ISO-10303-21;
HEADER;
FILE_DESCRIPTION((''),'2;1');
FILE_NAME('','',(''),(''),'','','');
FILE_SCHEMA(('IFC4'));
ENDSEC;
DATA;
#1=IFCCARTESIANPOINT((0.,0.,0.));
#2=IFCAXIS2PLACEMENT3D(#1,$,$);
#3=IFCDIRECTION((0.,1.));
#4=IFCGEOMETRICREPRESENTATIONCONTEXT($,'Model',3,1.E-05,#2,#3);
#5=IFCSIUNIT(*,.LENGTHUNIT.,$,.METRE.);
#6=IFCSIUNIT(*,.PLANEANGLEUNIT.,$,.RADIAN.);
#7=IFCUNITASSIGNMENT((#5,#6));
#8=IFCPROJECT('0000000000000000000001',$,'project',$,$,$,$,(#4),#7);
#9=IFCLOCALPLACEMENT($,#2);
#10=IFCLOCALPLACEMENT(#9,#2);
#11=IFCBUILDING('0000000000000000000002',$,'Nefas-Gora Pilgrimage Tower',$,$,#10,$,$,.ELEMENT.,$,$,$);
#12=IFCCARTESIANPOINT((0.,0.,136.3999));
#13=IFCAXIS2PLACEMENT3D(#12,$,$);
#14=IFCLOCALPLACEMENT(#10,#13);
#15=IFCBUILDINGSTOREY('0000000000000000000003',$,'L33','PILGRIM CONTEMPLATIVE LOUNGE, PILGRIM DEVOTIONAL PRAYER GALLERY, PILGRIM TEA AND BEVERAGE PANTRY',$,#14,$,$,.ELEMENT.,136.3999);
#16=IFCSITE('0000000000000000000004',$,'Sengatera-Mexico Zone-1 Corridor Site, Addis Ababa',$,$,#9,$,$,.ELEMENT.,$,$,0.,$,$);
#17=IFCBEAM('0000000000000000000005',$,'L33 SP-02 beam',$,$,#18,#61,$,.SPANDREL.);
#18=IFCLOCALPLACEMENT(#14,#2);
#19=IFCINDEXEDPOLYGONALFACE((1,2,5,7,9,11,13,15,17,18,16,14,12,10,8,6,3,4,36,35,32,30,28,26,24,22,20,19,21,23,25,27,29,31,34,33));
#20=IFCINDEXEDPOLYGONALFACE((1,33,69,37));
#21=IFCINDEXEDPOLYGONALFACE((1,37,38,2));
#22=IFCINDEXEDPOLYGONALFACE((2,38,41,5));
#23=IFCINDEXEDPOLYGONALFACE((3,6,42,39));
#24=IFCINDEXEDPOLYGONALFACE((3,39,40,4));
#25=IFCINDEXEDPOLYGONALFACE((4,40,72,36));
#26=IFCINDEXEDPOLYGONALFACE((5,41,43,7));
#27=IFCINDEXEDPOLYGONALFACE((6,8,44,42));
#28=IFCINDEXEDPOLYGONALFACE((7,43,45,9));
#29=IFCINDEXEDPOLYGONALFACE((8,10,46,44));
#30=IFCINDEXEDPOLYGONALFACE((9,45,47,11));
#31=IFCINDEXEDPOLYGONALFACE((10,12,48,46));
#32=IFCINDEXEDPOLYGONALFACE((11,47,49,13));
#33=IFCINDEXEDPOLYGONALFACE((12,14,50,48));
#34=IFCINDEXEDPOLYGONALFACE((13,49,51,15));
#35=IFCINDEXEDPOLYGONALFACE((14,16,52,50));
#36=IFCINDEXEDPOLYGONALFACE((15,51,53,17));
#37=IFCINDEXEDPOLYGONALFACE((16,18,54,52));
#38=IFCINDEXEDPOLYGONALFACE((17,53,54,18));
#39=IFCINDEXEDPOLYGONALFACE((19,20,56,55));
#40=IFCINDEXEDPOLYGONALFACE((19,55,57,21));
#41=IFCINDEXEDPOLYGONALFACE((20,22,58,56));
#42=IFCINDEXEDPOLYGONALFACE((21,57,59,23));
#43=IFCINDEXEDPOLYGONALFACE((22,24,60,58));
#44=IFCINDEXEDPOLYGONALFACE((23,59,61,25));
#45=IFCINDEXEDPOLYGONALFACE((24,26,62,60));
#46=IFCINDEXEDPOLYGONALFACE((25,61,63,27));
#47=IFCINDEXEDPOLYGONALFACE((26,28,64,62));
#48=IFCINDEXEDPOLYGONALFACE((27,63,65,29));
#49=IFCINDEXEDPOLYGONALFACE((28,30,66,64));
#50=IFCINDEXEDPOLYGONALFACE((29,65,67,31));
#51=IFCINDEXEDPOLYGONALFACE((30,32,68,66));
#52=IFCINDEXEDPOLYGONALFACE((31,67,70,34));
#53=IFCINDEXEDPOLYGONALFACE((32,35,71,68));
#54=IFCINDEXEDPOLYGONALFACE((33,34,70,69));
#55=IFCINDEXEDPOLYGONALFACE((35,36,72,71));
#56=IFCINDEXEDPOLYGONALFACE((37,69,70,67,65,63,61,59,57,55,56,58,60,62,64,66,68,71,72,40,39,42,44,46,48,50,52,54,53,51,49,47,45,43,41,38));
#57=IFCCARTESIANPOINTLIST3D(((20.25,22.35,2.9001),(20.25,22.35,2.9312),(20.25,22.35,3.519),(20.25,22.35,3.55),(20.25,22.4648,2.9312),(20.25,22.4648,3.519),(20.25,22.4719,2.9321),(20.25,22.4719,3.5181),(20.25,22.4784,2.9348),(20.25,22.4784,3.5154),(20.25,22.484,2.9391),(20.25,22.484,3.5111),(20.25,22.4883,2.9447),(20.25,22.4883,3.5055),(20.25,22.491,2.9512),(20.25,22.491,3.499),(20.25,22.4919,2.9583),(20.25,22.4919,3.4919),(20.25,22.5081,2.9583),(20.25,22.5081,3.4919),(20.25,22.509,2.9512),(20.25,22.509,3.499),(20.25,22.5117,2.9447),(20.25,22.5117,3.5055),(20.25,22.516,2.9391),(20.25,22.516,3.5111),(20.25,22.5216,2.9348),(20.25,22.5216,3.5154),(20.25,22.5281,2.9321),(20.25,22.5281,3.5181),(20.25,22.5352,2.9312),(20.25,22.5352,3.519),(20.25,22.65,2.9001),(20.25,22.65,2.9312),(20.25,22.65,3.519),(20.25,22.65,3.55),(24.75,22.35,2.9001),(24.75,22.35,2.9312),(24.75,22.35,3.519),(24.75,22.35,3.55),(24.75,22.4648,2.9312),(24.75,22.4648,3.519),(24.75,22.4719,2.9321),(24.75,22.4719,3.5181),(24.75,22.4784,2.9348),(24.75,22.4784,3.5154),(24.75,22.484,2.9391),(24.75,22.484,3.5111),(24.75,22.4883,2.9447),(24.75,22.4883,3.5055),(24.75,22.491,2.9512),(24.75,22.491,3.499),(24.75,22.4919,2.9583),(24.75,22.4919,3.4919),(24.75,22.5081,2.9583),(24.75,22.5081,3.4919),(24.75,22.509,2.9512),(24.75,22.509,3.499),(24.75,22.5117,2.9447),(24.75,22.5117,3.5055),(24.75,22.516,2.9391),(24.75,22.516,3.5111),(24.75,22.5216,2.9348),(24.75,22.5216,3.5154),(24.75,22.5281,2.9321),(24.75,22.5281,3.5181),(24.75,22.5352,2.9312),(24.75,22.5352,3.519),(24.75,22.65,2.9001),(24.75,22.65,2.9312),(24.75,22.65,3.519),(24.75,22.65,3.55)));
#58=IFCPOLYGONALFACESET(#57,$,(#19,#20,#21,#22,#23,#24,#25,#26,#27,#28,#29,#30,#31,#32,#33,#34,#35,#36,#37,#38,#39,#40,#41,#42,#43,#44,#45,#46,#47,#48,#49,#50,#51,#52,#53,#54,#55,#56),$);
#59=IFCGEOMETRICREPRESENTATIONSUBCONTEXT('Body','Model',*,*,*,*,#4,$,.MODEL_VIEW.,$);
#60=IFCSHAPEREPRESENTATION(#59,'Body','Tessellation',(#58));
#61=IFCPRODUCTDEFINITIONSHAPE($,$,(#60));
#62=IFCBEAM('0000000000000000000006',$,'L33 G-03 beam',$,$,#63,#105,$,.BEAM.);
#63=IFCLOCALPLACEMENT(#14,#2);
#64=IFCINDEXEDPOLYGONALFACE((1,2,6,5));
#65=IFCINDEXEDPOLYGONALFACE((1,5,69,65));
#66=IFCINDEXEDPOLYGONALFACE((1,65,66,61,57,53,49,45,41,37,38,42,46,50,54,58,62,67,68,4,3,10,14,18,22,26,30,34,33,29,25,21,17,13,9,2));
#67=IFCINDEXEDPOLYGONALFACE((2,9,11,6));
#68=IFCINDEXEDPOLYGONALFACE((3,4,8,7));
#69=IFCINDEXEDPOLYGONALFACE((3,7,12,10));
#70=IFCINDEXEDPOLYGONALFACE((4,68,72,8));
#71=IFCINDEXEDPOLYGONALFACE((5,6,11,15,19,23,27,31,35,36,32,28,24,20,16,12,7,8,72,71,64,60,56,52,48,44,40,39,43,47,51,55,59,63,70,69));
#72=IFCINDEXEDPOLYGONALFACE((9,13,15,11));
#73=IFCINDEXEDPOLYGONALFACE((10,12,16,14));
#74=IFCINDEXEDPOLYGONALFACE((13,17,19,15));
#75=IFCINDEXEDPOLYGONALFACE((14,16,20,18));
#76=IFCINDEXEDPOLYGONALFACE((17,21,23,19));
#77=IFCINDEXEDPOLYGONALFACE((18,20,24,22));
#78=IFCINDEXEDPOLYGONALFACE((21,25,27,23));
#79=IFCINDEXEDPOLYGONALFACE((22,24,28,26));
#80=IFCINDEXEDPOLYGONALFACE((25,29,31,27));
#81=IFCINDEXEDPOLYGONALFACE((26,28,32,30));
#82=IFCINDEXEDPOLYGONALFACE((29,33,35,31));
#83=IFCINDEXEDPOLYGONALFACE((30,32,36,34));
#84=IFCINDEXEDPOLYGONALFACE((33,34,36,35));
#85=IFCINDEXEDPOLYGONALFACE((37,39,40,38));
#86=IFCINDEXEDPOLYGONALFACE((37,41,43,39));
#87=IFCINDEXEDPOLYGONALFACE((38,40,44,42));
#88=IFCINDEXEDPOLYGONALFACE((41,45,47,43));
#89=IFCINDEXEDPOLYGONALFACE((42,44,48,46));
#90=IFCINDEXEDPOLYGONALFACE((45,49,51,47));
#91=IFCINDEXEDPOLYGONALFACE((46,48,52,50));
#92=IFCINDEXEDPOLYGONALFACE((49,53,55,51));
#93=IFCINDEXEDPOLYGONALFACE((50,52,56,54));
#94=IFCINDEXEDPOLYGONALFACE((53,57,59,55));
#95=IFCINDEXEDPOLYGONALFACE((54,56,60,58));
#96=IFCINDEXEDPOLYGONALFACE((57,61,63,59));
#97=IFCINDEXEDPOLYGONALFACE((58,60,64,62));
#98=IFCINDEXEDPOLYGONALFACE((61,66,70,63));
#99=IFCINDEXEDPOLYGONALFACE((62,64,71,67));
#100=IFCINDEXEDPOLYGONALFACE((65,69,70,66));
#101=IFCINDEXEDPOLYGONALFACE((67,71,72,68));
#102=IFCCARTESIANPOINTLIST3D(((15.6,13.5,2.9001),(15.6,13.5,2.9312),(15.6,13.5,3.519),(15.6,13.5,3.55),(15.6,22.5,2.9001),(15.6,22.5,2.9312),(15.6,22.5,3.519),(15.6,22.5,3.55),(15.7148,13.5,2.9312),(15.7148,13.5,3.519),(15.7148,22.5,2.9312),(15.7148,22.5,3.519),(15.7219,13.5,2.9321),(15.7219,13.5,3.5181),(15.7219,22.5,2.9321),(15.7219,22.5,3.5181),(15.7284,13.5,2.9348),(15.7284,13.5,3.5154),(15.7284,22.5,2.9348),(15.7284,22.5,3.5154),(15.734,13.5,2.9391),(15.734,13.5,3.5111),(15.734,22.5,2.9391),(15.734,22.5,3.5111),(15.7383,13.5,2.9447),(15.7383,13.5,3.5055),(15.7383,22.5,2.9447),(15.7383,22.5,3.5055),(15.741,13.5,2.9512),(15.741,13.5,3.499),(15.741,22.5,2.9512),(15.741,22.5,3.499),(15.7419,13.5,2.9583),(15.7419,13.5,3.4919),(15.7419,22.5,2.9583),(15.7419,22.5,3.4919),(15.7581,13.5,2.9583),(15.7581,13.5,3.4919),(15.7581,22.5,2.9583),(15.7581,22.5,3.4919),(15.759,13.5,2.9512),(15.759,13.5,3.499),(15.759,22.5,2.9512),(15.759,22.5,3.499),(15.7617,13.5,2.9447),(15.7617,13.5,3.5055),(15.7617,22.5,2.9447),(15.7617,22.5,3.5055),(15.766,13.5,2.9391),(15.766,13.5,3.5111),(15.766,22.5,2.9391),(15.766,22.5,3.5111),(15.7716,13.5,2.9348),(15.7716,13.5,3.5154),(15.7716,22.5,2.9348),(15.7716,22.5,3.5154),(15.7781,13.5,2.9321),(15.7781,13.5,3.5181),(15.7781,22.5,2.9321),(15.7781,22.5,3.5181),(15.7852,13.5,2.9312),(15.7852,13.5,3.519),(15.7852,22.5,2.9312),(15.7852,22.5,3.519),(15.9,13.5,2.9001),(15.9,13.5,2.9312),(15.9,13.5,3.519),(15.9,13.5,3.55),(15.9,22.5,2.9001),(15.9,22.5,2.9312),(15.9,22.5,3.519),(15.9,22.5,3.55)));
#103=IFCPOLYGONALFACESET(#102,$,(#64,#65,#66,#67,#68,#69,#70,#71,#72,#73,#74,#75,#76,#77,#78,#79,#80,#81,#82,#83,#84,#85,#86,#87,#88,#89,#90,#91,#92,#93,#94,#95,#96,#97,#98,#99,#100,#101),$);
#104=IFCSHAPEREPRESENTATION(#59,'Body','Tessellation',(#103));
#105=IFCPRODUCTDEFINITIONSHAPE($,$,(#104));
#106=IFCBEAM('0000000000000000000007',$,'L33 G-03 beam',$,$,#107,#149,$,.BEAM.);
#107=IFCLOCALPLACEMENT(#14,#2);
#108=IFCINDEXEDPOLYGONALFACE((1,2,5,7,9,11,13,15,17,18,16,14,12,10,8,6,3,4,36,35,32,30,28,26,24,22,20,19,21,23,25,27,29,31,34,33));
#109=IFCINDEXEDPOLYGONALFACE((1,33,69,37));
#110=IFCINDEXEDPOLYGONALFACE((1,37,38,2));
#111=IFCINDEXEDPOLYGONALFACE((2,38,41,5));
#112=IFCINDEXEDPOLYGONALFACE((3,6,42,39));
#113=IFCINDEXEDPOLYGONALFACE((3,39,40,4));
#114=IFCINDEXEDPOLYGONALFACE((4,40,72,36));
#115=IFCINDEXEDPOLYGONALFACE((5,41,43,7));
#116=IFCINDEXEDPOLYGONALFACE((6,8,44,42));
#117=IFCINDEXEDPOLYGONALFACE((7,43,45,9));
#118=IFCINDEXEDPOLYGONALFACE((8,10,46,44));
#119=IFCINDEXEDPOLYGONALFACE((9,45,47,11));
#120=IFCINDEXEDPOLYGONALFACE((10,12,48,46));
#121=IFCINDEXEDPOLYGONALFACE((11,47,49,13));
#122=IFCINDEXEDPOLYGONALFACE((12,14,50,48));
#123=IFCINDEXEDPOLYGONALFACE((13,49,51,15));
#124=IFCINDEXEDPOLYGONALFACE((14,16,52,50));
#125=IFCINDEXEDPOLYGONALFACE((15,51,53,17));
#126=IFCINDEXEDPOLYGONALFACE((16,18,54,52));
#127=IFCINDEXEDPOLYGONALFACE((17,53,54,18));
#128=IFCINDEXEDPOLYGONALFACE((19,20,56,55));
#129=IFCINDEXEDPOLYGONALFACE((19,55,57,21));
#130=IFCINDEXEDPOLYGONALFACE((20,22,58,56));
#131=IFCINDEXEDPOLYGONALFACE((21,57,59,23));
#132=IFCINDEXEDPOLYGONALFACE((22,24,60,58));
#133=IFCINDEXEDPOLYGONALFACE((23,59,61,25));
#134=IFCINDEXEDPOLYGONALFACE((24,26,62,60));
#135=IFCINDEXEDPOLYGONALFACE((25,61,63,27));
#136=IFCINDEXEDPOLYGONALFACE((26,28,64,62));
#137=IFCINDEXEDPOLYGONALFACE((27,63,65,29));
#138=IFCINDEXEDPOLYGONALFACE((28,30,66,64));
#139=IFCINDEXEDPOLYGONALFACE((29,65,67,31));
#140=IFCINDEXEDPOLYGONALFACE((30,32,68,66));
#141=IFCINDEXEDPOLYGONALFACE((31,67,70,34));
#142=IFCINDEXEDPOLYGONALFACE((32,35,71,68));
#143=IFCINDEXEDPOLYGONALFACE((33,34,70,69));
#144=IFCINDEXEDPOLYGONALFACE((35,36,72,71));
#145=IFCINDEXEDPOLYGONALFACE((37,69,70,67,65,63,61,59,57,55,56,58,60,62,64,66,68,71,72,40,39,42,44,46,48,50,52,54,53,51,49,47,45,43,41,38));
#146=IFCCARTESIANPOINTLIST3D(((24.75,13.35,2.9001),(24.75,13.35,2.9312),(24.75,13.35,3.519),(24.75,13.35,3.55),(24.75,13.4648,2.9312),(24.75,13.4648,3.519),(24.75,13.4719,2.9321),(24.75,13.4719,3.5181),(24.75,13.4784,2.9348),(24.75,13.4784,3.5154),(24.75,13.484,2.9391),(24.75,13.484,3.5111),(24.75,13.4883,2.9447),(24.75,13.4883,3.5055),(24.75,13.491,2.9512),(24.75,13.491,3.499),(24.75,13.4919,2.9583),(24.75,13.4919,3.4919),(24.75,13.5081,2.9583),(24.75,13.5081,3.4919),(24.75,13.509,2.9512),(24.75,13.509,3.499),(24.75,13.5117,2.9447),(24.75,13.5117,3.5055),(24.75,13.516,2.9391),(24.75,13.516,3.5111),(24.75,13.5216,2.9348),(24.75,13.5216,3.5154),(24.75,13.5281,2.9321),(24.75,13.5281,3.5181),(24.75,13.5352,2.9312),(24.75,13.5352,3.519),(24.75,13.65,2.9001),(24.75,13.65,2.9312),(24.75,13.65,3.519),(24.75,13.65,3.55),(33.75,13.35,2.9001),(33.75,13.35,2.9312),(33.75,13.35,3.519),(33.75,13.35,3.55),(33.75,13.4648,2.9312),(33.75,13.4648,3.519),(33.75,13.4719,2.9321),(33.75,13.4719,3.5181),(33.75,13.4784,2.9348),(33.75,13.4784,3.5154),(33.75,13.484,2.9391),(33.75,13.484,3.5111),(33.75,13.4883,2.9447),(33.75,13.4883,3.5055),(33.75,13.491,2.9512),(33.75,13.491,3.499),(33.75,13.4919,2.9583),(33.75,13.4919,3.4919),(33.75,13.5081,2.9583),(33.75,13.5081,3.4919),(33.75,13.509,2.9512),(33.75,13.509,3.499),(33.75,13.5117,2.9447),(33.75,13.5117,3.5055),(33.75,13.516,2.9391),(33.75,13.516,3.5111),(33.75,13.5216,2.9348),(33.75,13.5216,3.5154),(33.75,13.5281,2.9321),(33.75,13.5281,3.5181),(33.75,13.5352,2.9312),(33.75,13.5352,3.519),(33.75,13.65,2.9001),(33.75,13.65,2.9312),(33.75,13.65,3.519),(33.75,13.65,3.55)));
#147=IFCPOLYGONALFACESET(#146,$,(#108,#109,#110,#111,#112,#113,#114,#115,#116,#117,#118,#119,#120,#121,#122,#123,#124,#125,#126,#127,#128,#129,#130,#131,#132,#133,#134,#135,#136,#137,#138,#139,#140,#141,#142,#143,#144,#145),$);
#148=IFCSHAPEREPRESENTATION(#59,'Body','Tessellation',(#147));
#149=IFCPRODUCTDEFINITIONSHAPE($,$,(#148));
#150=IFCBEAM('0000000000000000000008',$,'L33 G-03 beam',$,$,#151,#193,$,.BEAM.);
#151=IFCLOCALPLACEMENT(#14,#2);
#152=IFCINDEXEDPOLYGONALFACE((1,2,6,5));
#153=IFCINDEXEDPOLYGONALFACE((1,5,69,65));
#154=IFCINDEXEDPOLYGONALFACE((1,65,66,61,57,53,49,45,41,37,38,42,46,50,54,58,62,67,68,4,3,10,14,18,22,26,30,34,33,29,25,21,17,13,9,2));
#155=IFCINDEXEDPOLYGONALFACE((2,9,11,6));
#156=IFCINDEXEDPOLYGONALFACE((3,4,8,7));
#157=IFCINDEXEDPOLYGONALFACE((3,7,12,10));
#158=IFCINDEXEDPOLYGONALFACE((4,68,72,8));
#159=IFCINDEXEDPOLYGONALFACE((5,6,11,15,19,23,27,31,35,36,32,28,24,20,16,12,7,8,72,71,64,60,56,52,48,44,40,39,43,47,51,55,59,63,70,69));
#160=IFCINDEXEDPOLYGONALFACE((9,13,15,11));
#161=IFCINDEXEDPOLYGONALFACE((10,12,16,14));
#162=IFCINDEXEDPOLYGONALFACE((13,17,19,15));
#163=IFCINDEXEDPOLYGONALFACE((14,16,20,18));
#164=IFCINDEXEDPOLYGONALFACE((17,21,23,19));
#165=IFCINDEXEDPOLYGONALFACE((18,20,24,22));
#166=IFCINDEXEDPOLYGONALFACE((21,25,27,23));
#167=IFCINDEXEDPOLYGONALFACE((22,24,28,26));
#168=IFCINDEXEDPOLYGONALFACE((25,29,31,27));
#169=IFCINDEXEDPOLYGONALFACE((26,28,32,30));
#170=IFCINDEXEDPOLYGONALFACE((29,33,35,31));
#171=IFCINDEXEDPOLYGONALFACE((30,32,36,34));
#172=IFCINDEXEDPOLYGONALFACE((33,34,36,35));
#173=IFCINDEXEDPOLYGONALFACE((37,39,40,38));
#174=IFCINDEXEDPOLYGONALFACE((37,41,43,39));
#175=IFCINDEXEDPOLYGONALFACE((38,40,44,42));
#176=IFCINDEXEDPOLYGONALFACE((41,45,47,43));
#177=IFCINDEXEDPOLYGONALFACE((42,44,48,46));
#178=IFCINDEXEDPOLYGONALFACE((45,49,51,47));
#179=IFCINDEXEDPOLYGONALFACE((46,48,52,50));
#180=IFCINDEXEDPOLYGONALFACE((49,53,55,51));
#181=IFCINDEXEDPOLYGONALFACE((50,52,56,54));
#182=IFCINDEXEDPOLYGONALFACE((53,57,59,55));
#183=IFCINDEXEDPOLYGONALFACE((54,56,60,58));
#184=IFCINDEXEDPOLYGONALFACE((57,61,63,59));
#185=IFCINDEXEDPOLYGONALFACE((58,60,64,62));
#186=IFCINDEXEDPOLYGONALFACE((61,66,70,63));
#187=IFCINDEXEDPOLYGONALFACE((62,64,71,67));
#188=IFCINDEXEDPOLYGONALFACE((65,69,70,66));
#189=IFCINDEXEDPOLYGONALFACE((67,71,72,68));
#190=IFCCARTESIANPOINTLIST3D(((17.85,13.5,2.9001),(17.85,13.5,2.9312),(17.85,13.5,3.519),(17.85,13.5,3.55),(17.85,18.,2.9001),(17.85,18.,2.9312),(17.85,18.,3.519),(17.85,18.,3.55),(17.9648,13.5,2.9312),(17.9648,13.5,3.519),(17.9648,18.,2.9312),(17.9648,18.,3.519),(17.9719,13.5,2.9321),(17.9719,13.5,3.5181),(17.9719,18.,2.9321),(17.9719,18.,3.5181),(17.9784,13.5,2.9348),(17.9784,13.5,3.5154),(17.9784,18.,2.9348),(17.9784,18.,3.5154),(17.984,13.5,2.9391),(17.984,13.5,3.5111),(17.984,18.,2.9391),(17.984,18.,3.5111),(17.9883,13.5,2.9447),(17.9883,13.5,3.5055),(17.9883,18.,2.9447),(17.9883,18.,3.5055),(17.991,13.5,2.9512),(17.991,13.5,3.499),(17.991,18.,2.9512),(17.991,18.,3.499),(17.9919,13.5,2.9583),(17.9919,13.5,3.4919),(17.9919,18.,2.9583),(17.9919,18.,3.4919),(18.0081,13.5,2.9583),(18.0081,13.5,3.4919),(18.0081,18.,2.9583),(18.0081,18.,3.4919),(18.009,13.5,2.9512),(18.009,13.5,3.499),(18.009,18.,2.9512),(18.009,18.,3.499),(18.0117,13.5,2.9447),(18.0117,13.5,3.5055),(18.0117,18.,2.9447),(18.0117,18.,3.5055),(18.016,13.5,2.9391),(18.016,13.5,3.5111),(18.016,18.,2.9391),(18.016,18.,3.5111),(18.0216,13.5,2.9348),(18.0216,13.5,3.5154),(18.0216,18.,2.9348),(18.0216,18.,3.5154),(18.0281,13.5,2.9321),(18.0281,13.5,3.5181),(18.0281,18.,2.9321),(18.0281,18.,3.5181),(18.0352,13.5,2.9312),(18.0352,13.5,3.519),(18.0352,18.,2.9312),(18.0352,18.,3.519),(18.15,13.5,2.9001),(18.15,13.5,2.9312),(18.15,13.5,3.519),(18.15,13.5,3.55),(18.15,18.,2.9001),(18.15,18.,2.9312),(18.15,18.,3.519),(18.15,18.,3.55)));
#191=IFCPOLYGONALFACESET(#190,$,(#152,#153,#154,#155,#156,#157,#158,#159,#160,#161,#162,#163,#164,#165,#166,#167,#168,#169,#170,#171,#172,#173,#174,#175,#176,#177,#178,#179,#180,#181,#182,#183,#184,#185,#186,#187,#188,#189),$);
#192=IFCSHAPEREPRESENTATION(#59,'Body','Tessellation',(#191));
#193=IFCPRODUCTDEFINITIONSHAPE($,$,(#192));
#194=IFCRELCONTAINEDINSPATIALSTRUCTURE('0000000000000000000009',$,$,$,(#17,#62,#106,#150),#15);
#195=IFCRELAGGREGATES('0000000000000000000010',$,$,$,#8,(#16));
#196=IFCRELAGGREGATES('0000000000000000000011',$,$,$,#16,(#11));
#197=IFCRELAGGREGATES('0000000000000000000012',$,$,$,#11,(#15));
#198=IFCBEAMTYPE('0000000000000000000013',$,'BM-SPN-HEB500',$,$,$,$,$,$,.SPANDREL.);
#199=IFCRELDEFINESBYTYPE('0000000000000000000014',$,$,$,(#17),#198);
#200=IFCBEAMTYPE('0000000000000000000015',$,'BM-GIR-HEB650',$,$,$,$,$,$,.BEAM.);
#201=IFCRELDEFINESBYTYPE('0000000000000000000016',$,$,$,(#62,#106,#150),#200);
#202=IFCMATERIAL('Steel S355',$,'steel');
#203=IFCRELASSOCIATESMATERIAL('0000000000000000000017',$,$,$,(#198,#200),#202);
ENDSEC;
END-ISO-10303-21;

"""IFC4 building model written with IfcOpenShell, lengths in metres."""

from ifc_helpers import new_model, si_unit, direction, frame, origin, origin_2d, place, context, subcontext, project, spatial, i_section, extrude, source, transform, mapped, material, material_profile, profile_set, type_object, element, save


model = new_model("IFC4")

# Units and contexts
model_context = context("Model", 3, precision=1e-05, world=origin(), true_north=direction((0.0, 1.0)))
body_context = subcontext(model_context, "Body", "Model", "MODEL_VIEW")
ifc_project = project(units=[si_unit("LENGTHUNIT", "METRE"), si_unit("PLANEANGLEUNIT", "RADIAN")], contexts=[model_context])

# Site, building, storey
site_placement = place(None, origin())
site = spatial("IfcSite", under=ifc_project, at=site_placement, Name="Sengatera-Mexico Zone-1 Corridor Site, Addis Ababa", CompositionType="ELEMENT", RefElevation=0.0)
building_placement = place(site_placement, origin())
building = spatial("IfcBuilding", under=site, at=building_placement, Name="Nefas-Gora Pilgrimage Tower", CompositionType="ELEMENT")
storey_placement = place(building_placement, frame((0.0, 0.0, 136.3999)))
storey = spatial("IfcBuildingStorey", under=building, at=storey_placement, Name="L33", Description="PILGRIM CONTEMPLATIVE LOUNGE, PILGRIM DEVOTIONAL PRAYER GALLERY, PILGRIM TEA AND BEVERAGE PANTRY", CompositionType="ELEMENT", Elevation=136.3999)

# Beams
ifc_material_1 = material(Name="Steel S355", Category="steel")
ifc_material_profile_1 = material_profile(ifc_material_1, i_section(OverallWidth=0.3, OverallDepth=0.6499, WebThickness=0.0161, FlangeThickness=0.031, FilletRadius=0.0271, at=origin_2d()), Name="HEB 650")
ifc_profile_set_1 = profile_set([ifc_material_profile_1], Name="Steel S355")
beam_type_1 = type_object("IfcBeamType", Name="BM-SPN-HEB500", PredefinedType="SPANDREL", material=ifc_profile_set_1)
shared_shape_1 = source(origin(), body_context, "Body", "SweptSolid", [
    extrude(i_section(OverallWidth=0.3, OverallDepth=0.6499, WebThickness=0.0161, FlangeThickness=0.031, FilletRadius=0.0271, at=origin_2d()), origin(), (0.0, 0.0, 1.0), 4.5),
])
beam_1_placement = place(storey_placement, frame((20.25, 22.5, 3.2251), z_axis=(1.0, 0.0, 0.0), x_axis=(0.0, 1.0, 0.0)))
element("IfcBeam", 1, at=beam_1_placement, inside=storey, type_object=beam_type_1, Name="L33 SP-02 beam", PredefinedType="SPANDREL", context=body_context, shape_type="MappedRepresentation", body=[
    mapped(shared_shape_1, transform((0.0, 0.0, 0.0), x_axis=(1.0, 0.0, 0.0), y_axis=(0.0, 1.0, 0.0), z_axis=(0.0, 0.0, 1.0), scale=1.0)),
])
ifc_material_profile_2 = material_profile(ifc_material_1, i_section(OverallWidth=0.3, OverallDepth=0.6499, WebThickness=0.0161, FlangeThickness=0.031, FilletRadius=0.0271, at=origin_2d()), Name="HEB 650")
ifc_profile_set_2 = profile_set([ifc_material_profile_2], Name="Steel S355")
beam_type_2 = type_object("IfcBeamType", Name="BM-GIR-HEB650", PredefinedType="BEAM", material=ifc_profile_set_2)
shared_shape_2 = source(origin(), body_context, "Body", "SweptSolid", [
    extrude(i_section(OverallWidth=0.3, OverallDepth=0.6499, WebThickness=0.0161, FlangeThickness=0.031, FilletRadius=0.0271, at=origin_2d()), origin(), (0.0, 0.0, 1.0), 9.0),
])
for number, where, z_axis, x_axis, name in (
    (2, (15.75, 13.5, 3.2251), (0.0, 1.0, 0.0), (-1.0, 0.0, 0.0), "L33 G-03 beam"),
    (3, (24.75, 13.5, 3.2251), (1.0, 0.0, 0.0), (0.0, 1.0, 0.0), "L33 G-03 beam"),
):
    element("IfcBeam", number, at=place(storey_placement, frame(where, z_axis=z_axis, x_axis=x_axis)), inside=storey, type_object=beam_type_2, Name=name, PredefinedType="BEAM", context=body_context, shape_type="MappedRepresentation", body=[
        mapped(shared_shape_2, transform((0.0, 0.0, 0.0), x_axis=(1.0, 0.0, 0.0), y_axis=(0.0, 1.0, 0.0), z_axis=(0.0, 0.0, 1.0), scale=1.0)),
    ])
shared_shape_3 = source(origin(), body_context, "Body", "SweptSolid", [
    extrude(i_section(OverallWidth=0.3, OverallDepth=0.6499, WebThickness=0.0161, FlangeThickness=0.031, FilletRadius=0.0271, at=origin_2d()), origin(), (0.0, 0.0, 1.0), 4.5),
])
for number, where, z_axis, x_axis, name in (
    (4, (18.0, 13.5, 3.2251), (0.0, 1.0, 0.0), (-1.0, 0.0, 0.0), "L33 G-03 beam"),
):
    element("IfcBeam", number, at=place(storey_placement, frame(where, z_axis=z_axis, x_axis=x_axis)), inside=storey, type_object=beam_type_2, Name=name, PredefinedType="BEAM", context=body_context, shape_type="MappedRepresentation", body=[
        mapped(shared_shape_3, transform((0.0, 0.0, 0.0), x_axis=(1.0, 0.0, 0.0), y_axis=(0.0, 1.0, 0.0), z_axis=(0.0, 0.0, 1.0), scale=1.0)),
    ])

save(model, "model.ifc")
